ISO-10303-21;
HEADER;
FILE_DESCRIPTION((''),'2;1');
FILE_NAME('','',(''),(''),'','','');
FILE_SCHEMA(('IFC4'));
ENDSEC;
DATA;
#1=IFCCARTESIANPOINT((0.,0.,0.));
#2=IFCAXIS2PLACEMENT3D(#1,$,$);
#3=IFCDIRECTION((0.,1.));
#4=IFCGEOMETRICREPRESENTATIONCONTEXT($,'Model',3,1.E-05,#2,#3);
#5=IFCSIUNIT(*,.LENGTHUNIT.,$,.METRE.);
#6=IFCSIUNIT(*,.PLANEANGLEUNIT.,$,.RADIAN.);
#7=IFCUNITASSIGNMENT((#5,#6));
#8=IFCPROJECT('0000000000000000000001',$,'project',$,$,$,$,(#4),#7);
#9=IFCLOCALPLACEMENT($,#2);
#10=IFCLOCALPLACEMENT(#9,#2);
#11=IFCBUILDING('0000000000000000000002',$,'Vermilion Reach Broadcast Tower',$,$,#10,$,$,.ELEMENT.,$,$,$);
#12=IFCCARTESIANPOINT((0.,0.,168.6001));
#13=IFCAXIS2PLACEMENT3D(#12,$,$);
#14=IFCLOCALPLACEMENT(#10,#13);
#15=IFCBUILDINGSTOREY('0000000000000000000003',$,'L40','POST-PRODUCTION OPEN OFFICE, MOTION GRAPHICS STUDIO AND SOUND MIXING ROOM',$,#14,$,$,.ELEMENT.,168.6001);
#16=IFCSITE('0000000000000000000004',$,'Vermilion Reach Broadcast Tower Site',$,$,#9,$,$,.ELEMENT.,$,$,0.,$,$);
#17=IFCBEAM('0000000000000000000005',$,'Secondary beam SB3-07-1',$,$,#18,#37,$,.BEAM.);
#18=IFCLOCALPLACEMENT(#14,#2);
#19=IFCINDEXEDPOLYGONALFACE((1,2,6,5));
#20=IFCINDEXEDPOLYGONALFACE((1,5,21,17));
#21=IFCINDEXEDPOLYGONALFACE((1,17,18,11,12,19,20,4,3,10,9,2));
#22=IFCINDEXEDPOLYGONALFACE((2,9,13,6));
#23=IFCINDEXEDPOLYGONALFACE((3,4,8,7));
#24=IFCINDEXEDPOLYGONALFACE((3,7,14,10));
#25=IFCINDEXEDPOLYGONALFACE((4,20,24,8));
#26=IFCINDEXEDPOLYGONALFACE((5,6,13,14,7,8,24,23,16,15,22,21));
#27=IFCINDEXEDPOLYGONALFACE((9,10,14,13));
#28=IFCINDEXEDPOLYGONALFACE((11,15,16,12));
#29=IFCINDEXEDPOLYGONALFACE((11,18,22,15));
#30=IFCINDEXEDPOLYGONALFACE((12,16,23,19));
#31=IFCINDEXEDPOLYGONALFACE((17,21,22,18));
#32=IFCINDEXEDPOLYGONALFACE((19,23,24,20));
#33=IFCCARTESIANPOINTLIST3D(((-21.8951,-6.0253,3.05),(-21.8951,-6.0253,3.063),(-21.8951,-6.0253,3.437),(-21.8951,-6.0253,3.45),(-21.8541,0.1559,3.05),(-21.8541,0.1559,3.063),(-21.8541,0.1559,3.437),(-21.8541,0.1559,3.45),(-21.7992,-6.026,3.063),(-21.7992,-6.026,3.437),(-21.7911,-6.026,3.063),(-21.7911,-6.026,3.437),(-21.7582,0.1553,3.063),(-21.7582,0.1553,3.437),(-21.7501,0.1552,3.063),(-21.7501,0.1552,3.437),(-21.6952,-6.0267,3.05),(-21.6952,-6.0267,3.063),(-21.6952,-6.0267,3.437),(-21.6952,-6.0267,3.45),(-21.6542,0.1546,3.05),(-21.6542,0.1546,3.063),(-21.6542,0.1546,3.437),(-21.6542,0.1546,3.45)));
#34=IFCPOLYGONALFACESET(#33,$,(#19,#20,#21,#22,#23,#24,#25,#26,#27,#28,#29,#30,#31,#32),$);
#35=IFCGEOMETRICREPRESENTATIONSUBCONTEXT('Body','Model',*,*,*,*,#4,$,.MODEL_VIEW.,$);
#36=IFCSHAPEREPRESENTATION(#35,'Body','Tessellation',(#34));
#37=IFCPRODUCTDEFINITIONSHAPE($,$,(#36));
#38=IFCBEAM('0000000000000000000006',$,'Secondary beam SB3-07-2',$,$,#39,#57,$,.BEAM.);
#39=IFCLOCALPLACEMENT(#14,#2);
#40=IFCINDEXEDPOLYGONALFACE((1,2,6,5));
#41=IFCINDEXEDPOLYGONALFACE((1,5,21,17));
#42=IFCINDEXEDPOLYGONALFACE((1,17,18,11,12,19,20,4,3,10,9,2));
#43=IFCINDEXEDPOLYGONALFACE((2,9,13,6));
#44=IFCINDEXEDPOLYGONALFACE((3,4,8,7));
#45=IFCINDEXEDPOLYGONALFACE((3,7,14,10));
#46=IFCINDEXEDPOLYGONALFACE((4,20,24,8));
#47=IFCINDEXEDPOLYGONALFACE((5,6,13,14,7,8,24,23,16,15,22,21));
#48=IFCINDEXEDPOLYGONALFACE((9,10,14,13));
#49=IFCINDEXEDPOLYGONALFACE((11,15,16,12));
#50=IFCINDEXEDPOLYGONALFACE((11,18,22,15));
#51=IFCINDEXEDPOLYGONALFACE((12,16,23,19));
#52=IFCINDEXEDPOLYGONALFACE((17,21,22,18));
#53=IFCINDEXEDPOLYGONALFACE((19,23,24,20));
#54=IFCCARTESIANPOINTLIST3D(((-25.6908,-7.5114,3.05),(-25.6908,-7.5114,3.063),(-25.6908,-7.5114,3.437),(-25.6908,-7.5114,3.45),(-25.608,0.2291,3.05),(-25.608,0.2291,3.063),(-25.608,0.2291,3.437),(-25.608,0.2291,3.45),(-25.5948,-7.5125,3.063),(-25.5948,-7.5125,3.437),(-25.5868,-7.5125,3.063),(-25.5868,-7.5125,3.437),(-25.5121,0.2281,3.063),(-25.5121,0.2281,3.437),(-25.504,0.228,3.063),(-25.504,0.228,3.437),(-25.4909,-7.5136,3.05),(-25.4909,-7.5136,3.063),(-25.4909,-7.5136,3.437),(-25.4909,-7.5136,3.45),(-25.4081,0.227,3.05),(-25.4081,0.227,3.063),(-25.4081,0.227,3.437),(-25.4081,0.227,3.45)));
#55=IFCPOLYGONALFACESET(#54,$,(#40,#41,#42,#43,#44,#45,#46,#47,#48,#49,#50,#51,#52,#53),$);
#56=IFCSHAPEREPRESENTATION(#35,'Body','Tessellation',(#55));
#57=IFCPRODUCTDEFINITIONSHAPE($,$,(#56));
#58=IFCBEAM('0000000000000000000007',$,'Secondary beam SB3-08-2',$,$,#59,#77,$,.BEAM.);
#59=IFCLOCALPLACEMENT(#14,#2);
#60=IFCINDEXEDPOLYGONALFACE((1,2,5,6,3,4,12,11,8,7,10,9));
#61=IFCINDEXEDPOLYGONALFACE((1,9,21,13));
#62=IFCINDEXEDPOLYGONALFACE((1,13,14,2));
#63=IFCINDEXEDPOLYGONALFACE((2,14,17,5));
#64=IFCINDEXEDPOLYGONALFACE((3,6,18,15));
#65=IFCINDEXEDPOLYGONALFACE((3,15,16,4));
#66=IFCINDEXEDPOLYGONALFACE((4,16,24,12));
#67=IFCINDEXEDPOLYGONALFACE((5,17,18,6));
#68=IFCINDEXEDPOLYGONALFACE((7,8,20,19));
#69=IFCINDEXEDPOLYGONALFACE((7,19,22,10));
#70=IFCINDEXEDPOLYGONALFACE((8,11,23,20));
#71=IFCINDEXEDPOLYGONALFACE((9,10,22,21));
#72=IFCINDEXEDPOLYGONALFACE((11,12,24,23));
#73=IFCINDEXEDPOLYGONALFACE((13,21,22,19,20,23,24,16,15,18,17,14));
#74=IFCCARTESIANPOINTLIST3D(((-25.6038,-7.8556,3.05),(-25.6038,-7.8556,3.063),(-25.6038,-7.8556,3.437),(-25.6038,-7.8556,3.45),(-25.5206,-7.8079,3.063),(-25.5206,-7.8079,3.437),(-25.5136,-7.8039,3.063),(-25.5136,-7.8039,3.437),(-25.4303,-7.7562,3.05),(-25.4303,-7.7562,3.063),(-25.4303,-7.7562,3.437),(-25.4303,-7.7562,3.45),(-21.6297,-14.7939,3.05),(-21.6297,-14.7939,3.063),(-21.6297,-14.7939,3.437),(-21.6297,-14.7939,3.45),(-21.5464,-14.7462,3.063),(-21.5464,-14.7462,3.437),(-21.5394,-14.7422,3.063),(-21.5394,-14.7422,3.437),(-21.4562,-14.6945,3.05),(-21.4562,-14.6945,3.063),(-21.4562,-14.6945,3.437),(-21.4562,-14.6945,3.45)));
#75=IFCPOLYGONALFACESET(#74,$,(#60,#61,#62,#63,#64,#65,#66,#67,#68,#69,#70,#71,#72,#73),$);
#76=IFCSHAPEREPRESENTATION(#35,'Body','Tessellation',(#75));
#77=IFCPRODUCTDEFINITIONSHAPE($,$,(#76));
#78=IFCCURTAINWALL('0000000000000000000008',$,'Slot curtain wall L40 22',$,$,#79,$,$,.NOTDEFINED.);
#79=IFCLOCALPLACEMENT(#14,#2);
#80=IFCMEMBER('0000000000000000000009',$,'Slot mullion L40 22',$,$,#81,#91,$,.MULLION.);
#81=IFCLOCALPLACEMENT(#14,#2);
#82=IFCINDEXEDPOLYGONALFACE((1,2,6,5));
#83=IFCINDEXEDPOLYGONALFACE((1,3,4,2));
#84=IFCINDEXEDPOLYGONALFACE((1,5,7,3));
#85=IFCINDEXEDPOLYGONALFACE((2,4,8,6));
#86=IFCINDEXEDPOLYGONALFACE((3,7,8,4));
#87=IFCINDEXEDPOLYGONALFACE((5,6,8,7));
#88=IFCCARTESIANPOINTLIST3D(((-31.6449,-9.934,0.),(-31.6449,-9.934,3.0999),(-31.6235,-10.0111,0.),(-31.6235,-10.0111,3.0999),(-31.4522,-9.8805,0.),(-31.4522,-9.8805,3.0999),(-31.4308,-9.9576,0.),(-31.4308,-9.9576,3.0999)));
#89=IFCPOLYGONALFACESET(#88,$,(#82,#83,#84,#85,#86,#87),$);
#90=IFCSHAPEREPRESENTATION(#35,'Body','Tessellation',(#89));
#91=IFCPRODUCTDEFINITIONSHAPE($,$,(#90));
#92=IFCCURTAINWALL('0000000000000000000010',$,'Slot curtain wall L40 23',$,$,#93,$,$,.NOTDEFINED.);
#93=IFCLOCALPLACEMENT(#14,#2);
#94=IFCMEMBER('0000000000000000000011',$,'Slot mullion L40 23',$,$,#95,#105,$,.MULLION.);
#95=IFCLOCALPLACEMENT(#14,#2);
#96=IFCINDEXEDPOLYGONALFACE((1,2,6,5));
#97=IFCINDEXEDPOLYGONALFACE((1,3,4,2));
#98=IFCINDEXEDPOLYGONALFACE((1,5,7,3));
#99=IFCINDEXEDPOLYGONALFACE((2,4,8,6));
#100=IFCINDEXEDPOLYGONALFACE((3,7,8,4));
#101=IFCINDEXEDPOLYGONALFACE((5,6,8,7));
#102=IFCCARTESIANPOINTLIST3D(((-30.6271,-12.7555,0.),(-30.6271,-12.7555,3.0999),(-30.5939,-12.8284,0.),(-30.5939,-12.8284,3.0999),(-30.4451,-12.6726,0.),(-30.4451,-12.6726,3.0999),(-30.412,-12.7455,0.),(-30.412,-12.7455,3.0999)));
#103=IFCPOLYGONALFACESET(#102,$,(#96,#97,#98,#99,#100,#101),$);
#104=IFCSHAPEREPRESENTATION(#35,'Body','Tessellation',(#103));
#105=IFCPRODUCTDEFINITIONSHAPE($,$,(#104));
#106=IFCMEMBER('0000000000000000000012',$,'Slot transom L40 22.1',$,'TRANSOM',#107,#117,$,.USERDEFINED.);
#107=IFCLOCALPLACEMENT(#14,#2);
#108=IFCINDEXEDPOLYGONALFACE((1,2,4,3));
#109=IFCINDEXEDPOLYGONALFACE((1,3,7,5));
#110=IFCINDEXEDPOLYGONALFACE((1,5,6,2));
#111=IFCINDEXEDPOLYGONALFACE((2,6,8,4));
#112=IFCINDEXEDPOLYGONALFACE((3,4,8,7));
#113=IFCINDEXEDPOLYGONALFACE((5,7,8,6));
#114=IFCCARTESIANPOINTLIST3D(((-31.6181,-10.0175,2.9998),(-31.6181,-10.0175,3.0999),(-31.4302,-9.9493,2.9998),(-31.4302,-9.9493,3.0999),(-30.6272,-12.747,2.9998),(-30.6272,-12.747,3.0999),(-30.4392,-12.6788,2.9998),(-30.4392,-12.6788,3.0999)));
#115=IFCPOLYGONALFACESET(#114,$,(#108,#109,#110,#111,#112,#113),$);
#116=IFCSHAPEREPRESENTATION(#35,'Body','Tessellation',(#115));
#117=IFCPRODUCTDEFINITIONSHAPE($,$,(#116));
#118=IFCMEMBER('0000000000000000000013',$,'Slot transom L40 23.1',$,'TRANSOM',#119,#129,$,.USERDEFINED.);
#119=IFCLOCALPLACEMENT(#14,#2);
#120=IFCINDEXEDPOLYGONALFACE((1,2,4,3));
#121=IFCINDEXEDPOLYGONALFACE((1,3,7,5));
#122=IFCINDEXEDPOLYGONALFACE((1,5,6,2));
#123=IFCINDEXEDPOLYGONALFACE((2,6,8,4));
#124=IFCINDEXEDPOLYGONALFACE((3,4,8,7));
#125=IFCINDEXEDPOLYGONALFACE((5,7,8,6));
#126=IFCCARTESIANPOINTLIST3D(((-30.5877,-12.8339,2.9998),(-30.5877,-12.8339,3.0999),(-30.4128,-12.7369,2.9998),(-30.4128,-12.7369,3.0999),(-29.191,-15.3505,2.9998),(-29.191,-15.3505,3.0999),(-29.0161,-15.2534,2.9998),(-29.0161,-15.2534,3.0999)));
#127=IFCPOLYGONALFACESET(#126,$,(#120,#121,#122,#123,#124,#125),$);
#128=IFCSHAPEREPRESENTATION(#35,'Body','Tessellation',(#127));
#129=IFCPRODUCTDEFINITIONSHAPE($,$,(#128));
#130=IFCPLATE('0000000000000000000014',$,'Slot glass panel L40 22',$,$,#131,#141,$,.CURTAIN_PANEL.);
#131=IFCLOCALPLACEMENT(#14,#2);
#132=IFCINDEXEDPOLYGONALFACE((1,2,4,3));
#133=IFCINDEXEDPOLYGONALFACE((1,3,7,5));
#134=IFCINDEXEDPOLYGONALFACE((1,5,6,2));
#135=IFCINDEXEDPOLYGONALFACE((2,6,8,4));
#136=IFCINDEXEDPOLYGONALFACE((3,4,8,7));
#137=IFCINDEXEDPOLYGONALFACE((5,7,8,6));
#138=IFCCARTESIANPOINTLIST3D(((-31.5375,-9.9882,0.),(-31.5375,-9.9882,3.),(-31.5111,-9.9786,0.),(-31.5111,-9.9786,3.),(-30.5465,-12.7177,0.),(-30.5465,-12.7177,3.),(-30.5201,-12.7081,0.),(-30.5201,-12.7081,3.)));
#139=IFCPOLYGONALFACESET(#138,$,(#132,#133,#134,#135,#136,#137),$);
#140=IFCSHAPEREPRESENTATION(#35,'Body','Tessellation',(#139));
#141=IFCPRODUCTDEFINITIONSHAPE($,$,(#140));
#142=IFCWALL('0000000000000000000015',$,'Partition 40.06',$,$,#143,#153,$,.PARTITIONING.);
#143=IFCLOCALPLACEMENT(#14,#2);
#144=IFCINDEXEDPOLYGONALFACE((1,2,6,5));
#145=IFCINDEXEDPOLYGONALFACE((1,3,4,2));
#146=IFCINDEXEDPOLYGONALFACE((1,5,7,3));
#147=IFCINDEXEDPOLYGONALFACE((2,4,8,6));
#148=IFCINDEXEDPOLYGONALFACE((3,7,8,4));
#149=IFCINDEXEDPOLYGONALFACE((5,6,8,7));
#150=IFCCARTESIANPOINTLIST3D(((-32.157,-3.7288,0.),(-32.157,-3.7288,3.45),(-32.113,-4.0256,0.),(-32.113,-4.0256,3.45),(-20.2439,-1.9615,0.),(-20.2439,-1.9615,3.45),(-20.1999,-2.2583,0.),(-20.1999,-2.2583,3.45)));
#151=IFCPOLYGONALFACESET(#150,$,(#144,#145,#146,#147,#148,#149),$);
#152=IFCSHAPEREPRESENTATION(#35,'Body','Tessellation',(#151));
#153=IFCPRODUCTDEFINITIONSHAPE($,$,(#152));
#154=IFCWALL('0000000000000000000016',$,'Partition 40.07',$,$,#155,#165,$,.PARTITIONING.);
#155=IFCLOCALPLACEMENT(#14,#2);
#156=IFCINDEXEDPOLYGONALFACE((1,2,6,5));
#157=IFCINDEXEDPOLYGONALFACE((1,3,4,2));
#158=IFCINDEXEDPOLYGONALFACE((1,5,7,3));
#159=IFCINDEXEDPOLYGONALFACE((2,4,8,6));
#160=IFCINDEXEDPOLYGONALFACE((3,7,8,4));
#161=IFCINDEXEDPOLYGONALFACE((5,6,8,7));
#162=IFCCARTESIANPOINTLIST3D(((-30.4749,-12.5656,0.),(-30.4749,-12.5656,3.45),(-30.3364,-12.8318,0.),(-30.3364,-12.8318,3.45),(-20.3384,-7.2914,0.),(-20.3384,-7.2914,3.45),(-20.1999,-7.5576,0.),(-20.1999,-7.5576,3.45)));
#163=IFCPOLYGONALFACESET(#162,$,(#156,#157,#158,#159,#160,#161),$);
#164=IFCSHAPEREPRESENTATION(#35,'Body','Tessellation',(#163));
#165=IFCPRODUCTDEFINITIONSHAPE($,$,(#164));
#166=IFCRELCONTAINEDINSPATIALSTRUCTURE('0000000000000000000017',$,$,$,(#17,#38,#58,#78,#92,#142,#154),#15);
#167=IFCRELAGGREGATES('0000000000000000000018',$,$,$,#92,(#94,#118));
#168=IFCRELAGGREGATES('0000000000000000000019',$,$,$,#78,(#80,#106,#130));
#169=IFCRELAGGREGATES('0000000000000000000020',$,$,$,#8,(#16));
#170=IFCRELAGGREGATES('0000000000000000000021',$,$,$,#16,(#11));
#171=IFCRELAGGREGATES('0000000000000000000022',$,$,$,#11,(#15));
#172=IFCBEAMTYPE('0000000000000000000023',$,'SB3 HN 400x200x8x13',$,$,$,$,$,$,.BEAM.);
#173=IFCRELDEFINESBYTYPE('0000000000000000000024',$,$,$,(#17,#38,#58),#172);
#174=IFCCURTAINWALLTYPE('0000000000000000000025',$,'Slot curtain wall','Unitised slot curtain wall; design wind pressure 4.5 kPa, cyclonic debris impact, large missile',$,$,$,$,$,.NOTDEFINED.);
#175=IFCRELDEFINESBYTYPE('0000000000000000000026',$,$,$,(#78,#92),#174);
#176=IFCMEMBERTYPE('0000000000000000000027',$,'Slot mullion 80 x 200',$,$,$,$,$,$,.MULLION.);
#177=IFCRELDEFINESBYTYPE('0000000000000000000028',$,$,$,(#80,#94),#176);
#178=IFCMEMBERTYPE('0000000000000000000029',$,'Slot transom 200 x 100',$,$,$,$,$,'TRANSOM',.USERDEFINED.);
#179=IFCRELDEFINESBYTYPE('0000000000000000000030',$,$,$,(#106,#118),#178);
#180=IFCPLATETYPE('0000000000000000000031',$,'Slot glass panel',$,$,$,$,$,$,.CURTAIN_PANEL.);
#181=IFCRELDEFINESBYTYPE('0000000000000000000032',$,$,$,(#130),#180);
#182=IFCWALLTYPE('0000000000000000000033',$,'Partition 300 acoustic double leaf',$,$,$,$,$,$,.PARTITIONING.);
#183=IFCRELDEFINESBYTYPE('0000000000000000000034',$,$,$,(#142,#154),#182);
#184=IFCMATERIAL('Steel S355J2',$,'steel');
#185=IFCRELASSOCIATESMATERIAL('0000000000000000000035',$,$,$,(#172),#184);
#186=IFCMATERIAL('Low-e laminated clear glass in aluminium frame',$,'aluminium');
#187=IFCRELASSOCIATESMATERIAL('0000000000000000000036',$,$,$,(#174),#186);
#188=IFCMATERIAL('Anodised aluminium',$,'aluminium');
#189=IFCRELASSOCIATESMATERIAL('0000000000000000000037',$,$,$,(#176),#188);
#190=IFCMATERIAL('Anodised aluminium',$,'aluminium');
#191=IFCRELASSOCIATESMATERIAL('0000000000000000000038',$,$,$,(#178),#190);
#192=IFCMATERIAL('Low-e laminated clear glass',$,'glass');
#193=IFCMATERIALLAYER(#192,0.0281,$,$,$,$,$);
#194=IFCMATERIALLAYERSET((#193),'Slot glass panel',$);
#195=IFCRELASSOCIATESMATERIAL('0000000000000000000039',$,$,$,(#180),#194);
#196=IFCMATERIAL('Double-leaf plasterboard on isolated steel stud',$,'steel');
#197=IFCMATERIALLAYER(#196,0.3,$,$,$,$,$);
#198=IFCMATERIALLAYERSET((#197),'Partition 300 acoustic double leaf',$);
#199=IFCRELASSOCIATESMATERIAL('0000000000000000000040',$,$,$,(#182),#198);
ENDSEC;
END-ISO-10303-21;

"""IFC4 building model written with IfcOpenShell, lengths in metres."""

from ifc_helpers import new_model, si_unit, direction, frame, frame_2d, origin, origin_2d, place, context, subcontext, project, spatial, rectangle, i_section, extrude, material, layer, layer_set, material_profile, profile_set, type_object, element, aggregate, save


model = new_model("IFC4")

# Units and contexts
model_context = context("Model", 3, precision=1e-05, world=origin(), true_north=direction((0.0, 1.0)))
body_context = subcontext(model_context, "Body", "Model", "MODEL_VIEW")
ifc_project = project(units=[si_unit("LENGTHUNIT", "METRE"), si_unit("PLANEANGLEUNIT", "RADIAN")], contexts=[model_context])

# Site, building, storey
site_placement = place(None, origin())
site = spatial("IfcSite", under=ifc_project, at=site_placement, Name="Vermilion Reach Broadcast Tower Site", CompositionType="ELEMENT", RefElevation=0.0)
building_placement = place(site_placement, origin())
building = spatial("IfcBuilding", under=site, at=building_placement, Name="Vermilion Reach Broadcast Tower", CompositionType="ELEMENT")
storey_placement = place(building_placement, frame((0.0, 0.0, 168.6001)))
storey = spatial("IfcBuildingStorey", under=building, at=storey_placement, Name="L40", Description="POST-PRODUCTION OPEN OFFICE, MOTION GRAPHICS STUDIO AND SOUND MIXING ROOM", CompositionType="ELEMENT", Elevation=168.6001)

# Beams
ifc_material_1 = material(Name="Steel S355J2", Category="steel")
ifc_material_profile_1 = material_profile(ifc_material_1, i_section(OverallWidth=0.2, OverallDepth=0.3999, WebThickness=0.0081, FlangeThickness=0.0129, at=origin_2d()), Name="S355J2 HN 400x200x8x13")
ifc_profile_set_1 = profile_set([ifc_material_profile_1], Name="Steel S355J2")
beam_type_1 = type_object("IfcBeamType", Name="SB3 HN 400x200x8x13", PredefinedType="BEAM", material=ifc_profile_set_1)
beam_1_placement = place(storey_placement, frame((-21.7542, 0.1553, 3.25), z_axis=(-0.006635, -0.999978, 0.0), x_axis=(0.999978, -0.006635, 0.0)))
element("IfcBeam", 1, at=beam_1_placement, inside=storey, type_object=beam_type_1, Name="Secondary beam SB3-07-1", PredefinedType="BEAM", context=body_context, shape_type="SweptSolid", body=[
    extrude(i_section(OverallWidth=0.2, OverallDepth=0.3999, WebThickness=0.0081, FlangeThickness=0.0129, at=origin_2d()), origin(), (0.0, 0.0, 1.0), 6.1814),
])
beam_2_placement = place(storey_placement, frame((-25.5081, 0.228, 3.25), z_axis=(-0.010692, -0.999943, 0.0), x_axis=(0.999943, -0.010692, 0.0)))
element("IfcBeam", 2, at=beam_2_placement, inside=storey, type_object=beam_type_1, Name="Secondary beam SB3-07-2", PredefinedType="BEAM", context=body_context, shape_type="SweptSolid", body=[
    extrude(i_section(OverallWidth=0.2, OverallDepth=0.3999, WebThickness=0.0081, FlangeThickness=0.0129, at=origin_2d()), origin(), (0.0, 0.0, 1.0), 7.741),
])
beam_3_placement = place(storey_placement, frame((-25.5171, -7.8059, 3.25), z_axis=(0.497027, -0.867735, 0.0), x_axis=(0.867735, 0.497027, 0.0)))
element("IfcBeam", 3, at=beam_3_placement, inside=storey, type_object=beam_type_1, Name="Secondary beam SB3-08-2", PredefinedType="BEAM", context=body_context, shape_type="SweptSolid", body=[
    extrude(i_section(OverallWidth=0.2, OverallDepth=0.3999, WebThickness=0.0081, FlangeThickness=0.0129, at=origin_2d()), origin(), (0.0, 0.0, 1.0), 7.9958),
])

# Curtain walls, members
ifc_material_2 = material(Name="Low-e laminated clear glass in aluminium frame", Category="aluminium")
curtain_wall_type = type_object("IfcCurtainWallType", Name="Slot curtain wall", Description="Unitised slot curtain wall; design wind pressure 4.5 kPa, cyclonic debris impact, large missile", PredefinedType="NOTDEFINED", material=ifc_material_2)
placement = place(storey_placement, origin())
curtain_wall_1 = element("IfcCurtainWall", 4, at=placement, inside=storey, type_object=curtain_wall_type, Name="Slot curtain wall L40 22", PredefinedType="NOTDEFINED")
ifc_material_3 = material(Name="Anodised aluminium", Category="aluminium")
ifc_material_profile_2 = material_profile(ifc_material_3, rectangle(XDim=0.2, YDim=0.0801, at=origin_2d()), Name="Slot mullion 80 x 200")
ifc_profile_set_2 = profile_set([ifc_material_profile_2], Name="Anodised aluminium")
member_type_1 = type_object("IfcMemberType", Name="Slot mullion 80 x 200", PredefinedType="MULLION", material=ifc_profile_set_2)
member_1_placement = place(storey_placement, frame((-31.5378, -9.9458, 0.0), z_axis=(0.0, 0.0, 1.0), x_axis=(0.963506, 0.267685, 0.0)))
member_1 = element("IfcMember", 5, at=member_1_placement, type_object=member_type_1, Name="Slot mullion L40 22", PredefinedType="MULLION", context=body_context, shape_type="SweptSolid", body=[
    extrude(rectangle(XDim=0.2, YDim=0.0801, at=origin_2d()), origin(), (0.0, 0.0, 1.0), 3.0999),
])
curtain_wall_2 = element("IfcCurtainWall", 6, at=placement, inside=storey, type_object=curtain_wall_type, Name="Slot curtain wall L40 23", PredefinedType="NOTDEFINED")
member_2_placement = place(storey_placement, frame((-30.5195, -12.7505, 0.0), z_axis=(0.0, 0.0, 1.0), x_axis=(0.910026, 0.414552, 0.0)))
member_2 = element("IfcMember", 7, at=member_2_placement, type_object=member_type_1, Name="Slot mullion L40 23", PredefinedType="MULLION", context=body_context, shape_type="SweptSolid", body=[
    extrude(rectangle(XDim=0.2, YDim=0.0801, at=origin_2d()), origin(), (0.0, 0.0, 1.0), 3.0999),
])

# Members
ifc_material_4 = material(Name="Anodised aluminium", Category="aluminium")
ifc_material_profile_3 = material_profile(ifc_material_4, rectangle(XDim=0.2, YDim=0.1001, at=origin_2d()), Name="Slot transom 200 x 100")
ifc_profile_set_3 = profile_set([ifc_material_profile_3], Name="Anodised aluminium")
member_type_2 = type_object("IfcMemberType", Name="Slot transom 200 x 100", ElementType="TRANSOM", PredefinedType="USERDEFINED", material=ifc_profile_set_3)
member_3_placement = place(storey_placement, frame((-31.5242, -9.9834, 3.0498), z_axis=(0.341264, -0.939968, 0.0), x_axis=(0.939968, 0.341264, 0.0)))
member_3 = element("IfcMember", 8, at=member_3_placement, type_object=member_type_2, Name="Slot transom L40 22.1", ObjectType="TRANSOM", PredefinedType="USERDEFINED", context=body_context, shape_type="SweptSolid", body=[
    extrude(rectangle(XDim=0.2, YDim=0.1001, at=origin_2d()), origin(), (0.0, 0.0, 1.0), 2.9038),
])
member_4_placement = place(storey_placement, frame((-30.5002, -12.7854, 3.0498), z_axis=(0.485276, -0.874361, 0.0), x_axis=(0.874361, 0.485276, 0.0)))
member_4 = element("IfcMember", 9, at=member_4_placement, type_object=member_type_2, Name="Slot transom L40 23.1", ObjectType="TRANSOM", PredefinedType="USERDEFINED", context=body_context, shape_type="SweptSolid", body=[
    extrude(rectangle(XDim=0.2, YDim=0.1001, at=origin_2d()), origin(), (0.0, 0.0, 1.0), 2.8782),
])
aggregate(curtain_wall_2, [member_2, member_4])

# Plate
ifc_material_5 = material(Name="Low-e laminated clear glass", Category="glass")
ifc_layer_1 = layer(ifc_material_5, 0.0281)
ifc_layer_set_1 = layer_set([ifc_layer_1], Name="Slot glass panel")
plate_type = type_object("IfcPlateType", Name="Slot glass panel", PredefinedType="CURTAIN_PANEL", material=ifc_layer_set_1)
plate_placement = place(storey_placement, frame((-31.0288, -11.3481, 0.0), z_axis=(0.0, 0.0, 1.0), x_axis=(0.34129, -0.939958, 0.0)))
plate = element("IfcPlate", 10, at=plate_placement, type_object=plate_type, Name="Slot glass panel L40 22", PredefinedType="CURTAIN_PANEL", context=body_context, shape_type="SweptSolid", body=[
    extrude(rectangle(XDim=2.9038, YDim=0.0281, at=origin_2d()), origin(), (0.0, 0.0, 1.0), 3.0),
])
aggregate(curtain_wall_1, [member_1, member_3, plate])

# Walls
ifc_material_6 = material(Name="Double-leaf plasterboard on isolated steel stud", Category="steel")
ifc_layer_2 = layer(ifc_material_6, 0.3)
ifc_layer_set_2 = layer_set([ifc_layer_2], Name="Partition 300 acoustic double leaf")
wall_type_1 = type_object("IfcWallType", Name="Partition 300 acoustic double leaf", PredefinedType="PARTITIONING", material=ifc_layer_set_2)
wall_1_placement = place(storey_placement, frame((-32.135, -3.8772, 0.0), z_axis=(0.0, 0.0, 1.0), x_axis=(0.989174, 0.146746, 0.0)))
element("IfcWall", 11, at=wall_1_placement, inside=storey, type_object=wall_type_1, Name="Partition 40.06", PredefinedType="PARTITIONING", context=body_context, shape_type="SweptSolid", body=[
    extrude(rectangle(XDim=12.0435, YDim=0.3, at=frame_2d((6.0217, 0.0))), origin(), (0.0, 0.0, 1.0), 3.45),
])
wall_2_placement = place(storey_placement, frame((-30.4058, -12.6987, 0.0), z_axis=(0.0, 0.0, 1.0), x_axis=(0.887102, 0.461573, 0.0)))
element("IfcWall", 12, at=wall_2_placement, inside=storey, type_object=wall_type_1, Name="Partition 40.07", PredefinedType="PARTITIONING", context=body_context, shape_type="SweptSolid", body=[
    extrude(rectangle(XDim=11.4265, YDim=0.3, at=frame_2d((5.7134, 0.0))), origin(), (0.0, 0.0, 1.0), 3.45),
])

save(model, "model.ifc")
